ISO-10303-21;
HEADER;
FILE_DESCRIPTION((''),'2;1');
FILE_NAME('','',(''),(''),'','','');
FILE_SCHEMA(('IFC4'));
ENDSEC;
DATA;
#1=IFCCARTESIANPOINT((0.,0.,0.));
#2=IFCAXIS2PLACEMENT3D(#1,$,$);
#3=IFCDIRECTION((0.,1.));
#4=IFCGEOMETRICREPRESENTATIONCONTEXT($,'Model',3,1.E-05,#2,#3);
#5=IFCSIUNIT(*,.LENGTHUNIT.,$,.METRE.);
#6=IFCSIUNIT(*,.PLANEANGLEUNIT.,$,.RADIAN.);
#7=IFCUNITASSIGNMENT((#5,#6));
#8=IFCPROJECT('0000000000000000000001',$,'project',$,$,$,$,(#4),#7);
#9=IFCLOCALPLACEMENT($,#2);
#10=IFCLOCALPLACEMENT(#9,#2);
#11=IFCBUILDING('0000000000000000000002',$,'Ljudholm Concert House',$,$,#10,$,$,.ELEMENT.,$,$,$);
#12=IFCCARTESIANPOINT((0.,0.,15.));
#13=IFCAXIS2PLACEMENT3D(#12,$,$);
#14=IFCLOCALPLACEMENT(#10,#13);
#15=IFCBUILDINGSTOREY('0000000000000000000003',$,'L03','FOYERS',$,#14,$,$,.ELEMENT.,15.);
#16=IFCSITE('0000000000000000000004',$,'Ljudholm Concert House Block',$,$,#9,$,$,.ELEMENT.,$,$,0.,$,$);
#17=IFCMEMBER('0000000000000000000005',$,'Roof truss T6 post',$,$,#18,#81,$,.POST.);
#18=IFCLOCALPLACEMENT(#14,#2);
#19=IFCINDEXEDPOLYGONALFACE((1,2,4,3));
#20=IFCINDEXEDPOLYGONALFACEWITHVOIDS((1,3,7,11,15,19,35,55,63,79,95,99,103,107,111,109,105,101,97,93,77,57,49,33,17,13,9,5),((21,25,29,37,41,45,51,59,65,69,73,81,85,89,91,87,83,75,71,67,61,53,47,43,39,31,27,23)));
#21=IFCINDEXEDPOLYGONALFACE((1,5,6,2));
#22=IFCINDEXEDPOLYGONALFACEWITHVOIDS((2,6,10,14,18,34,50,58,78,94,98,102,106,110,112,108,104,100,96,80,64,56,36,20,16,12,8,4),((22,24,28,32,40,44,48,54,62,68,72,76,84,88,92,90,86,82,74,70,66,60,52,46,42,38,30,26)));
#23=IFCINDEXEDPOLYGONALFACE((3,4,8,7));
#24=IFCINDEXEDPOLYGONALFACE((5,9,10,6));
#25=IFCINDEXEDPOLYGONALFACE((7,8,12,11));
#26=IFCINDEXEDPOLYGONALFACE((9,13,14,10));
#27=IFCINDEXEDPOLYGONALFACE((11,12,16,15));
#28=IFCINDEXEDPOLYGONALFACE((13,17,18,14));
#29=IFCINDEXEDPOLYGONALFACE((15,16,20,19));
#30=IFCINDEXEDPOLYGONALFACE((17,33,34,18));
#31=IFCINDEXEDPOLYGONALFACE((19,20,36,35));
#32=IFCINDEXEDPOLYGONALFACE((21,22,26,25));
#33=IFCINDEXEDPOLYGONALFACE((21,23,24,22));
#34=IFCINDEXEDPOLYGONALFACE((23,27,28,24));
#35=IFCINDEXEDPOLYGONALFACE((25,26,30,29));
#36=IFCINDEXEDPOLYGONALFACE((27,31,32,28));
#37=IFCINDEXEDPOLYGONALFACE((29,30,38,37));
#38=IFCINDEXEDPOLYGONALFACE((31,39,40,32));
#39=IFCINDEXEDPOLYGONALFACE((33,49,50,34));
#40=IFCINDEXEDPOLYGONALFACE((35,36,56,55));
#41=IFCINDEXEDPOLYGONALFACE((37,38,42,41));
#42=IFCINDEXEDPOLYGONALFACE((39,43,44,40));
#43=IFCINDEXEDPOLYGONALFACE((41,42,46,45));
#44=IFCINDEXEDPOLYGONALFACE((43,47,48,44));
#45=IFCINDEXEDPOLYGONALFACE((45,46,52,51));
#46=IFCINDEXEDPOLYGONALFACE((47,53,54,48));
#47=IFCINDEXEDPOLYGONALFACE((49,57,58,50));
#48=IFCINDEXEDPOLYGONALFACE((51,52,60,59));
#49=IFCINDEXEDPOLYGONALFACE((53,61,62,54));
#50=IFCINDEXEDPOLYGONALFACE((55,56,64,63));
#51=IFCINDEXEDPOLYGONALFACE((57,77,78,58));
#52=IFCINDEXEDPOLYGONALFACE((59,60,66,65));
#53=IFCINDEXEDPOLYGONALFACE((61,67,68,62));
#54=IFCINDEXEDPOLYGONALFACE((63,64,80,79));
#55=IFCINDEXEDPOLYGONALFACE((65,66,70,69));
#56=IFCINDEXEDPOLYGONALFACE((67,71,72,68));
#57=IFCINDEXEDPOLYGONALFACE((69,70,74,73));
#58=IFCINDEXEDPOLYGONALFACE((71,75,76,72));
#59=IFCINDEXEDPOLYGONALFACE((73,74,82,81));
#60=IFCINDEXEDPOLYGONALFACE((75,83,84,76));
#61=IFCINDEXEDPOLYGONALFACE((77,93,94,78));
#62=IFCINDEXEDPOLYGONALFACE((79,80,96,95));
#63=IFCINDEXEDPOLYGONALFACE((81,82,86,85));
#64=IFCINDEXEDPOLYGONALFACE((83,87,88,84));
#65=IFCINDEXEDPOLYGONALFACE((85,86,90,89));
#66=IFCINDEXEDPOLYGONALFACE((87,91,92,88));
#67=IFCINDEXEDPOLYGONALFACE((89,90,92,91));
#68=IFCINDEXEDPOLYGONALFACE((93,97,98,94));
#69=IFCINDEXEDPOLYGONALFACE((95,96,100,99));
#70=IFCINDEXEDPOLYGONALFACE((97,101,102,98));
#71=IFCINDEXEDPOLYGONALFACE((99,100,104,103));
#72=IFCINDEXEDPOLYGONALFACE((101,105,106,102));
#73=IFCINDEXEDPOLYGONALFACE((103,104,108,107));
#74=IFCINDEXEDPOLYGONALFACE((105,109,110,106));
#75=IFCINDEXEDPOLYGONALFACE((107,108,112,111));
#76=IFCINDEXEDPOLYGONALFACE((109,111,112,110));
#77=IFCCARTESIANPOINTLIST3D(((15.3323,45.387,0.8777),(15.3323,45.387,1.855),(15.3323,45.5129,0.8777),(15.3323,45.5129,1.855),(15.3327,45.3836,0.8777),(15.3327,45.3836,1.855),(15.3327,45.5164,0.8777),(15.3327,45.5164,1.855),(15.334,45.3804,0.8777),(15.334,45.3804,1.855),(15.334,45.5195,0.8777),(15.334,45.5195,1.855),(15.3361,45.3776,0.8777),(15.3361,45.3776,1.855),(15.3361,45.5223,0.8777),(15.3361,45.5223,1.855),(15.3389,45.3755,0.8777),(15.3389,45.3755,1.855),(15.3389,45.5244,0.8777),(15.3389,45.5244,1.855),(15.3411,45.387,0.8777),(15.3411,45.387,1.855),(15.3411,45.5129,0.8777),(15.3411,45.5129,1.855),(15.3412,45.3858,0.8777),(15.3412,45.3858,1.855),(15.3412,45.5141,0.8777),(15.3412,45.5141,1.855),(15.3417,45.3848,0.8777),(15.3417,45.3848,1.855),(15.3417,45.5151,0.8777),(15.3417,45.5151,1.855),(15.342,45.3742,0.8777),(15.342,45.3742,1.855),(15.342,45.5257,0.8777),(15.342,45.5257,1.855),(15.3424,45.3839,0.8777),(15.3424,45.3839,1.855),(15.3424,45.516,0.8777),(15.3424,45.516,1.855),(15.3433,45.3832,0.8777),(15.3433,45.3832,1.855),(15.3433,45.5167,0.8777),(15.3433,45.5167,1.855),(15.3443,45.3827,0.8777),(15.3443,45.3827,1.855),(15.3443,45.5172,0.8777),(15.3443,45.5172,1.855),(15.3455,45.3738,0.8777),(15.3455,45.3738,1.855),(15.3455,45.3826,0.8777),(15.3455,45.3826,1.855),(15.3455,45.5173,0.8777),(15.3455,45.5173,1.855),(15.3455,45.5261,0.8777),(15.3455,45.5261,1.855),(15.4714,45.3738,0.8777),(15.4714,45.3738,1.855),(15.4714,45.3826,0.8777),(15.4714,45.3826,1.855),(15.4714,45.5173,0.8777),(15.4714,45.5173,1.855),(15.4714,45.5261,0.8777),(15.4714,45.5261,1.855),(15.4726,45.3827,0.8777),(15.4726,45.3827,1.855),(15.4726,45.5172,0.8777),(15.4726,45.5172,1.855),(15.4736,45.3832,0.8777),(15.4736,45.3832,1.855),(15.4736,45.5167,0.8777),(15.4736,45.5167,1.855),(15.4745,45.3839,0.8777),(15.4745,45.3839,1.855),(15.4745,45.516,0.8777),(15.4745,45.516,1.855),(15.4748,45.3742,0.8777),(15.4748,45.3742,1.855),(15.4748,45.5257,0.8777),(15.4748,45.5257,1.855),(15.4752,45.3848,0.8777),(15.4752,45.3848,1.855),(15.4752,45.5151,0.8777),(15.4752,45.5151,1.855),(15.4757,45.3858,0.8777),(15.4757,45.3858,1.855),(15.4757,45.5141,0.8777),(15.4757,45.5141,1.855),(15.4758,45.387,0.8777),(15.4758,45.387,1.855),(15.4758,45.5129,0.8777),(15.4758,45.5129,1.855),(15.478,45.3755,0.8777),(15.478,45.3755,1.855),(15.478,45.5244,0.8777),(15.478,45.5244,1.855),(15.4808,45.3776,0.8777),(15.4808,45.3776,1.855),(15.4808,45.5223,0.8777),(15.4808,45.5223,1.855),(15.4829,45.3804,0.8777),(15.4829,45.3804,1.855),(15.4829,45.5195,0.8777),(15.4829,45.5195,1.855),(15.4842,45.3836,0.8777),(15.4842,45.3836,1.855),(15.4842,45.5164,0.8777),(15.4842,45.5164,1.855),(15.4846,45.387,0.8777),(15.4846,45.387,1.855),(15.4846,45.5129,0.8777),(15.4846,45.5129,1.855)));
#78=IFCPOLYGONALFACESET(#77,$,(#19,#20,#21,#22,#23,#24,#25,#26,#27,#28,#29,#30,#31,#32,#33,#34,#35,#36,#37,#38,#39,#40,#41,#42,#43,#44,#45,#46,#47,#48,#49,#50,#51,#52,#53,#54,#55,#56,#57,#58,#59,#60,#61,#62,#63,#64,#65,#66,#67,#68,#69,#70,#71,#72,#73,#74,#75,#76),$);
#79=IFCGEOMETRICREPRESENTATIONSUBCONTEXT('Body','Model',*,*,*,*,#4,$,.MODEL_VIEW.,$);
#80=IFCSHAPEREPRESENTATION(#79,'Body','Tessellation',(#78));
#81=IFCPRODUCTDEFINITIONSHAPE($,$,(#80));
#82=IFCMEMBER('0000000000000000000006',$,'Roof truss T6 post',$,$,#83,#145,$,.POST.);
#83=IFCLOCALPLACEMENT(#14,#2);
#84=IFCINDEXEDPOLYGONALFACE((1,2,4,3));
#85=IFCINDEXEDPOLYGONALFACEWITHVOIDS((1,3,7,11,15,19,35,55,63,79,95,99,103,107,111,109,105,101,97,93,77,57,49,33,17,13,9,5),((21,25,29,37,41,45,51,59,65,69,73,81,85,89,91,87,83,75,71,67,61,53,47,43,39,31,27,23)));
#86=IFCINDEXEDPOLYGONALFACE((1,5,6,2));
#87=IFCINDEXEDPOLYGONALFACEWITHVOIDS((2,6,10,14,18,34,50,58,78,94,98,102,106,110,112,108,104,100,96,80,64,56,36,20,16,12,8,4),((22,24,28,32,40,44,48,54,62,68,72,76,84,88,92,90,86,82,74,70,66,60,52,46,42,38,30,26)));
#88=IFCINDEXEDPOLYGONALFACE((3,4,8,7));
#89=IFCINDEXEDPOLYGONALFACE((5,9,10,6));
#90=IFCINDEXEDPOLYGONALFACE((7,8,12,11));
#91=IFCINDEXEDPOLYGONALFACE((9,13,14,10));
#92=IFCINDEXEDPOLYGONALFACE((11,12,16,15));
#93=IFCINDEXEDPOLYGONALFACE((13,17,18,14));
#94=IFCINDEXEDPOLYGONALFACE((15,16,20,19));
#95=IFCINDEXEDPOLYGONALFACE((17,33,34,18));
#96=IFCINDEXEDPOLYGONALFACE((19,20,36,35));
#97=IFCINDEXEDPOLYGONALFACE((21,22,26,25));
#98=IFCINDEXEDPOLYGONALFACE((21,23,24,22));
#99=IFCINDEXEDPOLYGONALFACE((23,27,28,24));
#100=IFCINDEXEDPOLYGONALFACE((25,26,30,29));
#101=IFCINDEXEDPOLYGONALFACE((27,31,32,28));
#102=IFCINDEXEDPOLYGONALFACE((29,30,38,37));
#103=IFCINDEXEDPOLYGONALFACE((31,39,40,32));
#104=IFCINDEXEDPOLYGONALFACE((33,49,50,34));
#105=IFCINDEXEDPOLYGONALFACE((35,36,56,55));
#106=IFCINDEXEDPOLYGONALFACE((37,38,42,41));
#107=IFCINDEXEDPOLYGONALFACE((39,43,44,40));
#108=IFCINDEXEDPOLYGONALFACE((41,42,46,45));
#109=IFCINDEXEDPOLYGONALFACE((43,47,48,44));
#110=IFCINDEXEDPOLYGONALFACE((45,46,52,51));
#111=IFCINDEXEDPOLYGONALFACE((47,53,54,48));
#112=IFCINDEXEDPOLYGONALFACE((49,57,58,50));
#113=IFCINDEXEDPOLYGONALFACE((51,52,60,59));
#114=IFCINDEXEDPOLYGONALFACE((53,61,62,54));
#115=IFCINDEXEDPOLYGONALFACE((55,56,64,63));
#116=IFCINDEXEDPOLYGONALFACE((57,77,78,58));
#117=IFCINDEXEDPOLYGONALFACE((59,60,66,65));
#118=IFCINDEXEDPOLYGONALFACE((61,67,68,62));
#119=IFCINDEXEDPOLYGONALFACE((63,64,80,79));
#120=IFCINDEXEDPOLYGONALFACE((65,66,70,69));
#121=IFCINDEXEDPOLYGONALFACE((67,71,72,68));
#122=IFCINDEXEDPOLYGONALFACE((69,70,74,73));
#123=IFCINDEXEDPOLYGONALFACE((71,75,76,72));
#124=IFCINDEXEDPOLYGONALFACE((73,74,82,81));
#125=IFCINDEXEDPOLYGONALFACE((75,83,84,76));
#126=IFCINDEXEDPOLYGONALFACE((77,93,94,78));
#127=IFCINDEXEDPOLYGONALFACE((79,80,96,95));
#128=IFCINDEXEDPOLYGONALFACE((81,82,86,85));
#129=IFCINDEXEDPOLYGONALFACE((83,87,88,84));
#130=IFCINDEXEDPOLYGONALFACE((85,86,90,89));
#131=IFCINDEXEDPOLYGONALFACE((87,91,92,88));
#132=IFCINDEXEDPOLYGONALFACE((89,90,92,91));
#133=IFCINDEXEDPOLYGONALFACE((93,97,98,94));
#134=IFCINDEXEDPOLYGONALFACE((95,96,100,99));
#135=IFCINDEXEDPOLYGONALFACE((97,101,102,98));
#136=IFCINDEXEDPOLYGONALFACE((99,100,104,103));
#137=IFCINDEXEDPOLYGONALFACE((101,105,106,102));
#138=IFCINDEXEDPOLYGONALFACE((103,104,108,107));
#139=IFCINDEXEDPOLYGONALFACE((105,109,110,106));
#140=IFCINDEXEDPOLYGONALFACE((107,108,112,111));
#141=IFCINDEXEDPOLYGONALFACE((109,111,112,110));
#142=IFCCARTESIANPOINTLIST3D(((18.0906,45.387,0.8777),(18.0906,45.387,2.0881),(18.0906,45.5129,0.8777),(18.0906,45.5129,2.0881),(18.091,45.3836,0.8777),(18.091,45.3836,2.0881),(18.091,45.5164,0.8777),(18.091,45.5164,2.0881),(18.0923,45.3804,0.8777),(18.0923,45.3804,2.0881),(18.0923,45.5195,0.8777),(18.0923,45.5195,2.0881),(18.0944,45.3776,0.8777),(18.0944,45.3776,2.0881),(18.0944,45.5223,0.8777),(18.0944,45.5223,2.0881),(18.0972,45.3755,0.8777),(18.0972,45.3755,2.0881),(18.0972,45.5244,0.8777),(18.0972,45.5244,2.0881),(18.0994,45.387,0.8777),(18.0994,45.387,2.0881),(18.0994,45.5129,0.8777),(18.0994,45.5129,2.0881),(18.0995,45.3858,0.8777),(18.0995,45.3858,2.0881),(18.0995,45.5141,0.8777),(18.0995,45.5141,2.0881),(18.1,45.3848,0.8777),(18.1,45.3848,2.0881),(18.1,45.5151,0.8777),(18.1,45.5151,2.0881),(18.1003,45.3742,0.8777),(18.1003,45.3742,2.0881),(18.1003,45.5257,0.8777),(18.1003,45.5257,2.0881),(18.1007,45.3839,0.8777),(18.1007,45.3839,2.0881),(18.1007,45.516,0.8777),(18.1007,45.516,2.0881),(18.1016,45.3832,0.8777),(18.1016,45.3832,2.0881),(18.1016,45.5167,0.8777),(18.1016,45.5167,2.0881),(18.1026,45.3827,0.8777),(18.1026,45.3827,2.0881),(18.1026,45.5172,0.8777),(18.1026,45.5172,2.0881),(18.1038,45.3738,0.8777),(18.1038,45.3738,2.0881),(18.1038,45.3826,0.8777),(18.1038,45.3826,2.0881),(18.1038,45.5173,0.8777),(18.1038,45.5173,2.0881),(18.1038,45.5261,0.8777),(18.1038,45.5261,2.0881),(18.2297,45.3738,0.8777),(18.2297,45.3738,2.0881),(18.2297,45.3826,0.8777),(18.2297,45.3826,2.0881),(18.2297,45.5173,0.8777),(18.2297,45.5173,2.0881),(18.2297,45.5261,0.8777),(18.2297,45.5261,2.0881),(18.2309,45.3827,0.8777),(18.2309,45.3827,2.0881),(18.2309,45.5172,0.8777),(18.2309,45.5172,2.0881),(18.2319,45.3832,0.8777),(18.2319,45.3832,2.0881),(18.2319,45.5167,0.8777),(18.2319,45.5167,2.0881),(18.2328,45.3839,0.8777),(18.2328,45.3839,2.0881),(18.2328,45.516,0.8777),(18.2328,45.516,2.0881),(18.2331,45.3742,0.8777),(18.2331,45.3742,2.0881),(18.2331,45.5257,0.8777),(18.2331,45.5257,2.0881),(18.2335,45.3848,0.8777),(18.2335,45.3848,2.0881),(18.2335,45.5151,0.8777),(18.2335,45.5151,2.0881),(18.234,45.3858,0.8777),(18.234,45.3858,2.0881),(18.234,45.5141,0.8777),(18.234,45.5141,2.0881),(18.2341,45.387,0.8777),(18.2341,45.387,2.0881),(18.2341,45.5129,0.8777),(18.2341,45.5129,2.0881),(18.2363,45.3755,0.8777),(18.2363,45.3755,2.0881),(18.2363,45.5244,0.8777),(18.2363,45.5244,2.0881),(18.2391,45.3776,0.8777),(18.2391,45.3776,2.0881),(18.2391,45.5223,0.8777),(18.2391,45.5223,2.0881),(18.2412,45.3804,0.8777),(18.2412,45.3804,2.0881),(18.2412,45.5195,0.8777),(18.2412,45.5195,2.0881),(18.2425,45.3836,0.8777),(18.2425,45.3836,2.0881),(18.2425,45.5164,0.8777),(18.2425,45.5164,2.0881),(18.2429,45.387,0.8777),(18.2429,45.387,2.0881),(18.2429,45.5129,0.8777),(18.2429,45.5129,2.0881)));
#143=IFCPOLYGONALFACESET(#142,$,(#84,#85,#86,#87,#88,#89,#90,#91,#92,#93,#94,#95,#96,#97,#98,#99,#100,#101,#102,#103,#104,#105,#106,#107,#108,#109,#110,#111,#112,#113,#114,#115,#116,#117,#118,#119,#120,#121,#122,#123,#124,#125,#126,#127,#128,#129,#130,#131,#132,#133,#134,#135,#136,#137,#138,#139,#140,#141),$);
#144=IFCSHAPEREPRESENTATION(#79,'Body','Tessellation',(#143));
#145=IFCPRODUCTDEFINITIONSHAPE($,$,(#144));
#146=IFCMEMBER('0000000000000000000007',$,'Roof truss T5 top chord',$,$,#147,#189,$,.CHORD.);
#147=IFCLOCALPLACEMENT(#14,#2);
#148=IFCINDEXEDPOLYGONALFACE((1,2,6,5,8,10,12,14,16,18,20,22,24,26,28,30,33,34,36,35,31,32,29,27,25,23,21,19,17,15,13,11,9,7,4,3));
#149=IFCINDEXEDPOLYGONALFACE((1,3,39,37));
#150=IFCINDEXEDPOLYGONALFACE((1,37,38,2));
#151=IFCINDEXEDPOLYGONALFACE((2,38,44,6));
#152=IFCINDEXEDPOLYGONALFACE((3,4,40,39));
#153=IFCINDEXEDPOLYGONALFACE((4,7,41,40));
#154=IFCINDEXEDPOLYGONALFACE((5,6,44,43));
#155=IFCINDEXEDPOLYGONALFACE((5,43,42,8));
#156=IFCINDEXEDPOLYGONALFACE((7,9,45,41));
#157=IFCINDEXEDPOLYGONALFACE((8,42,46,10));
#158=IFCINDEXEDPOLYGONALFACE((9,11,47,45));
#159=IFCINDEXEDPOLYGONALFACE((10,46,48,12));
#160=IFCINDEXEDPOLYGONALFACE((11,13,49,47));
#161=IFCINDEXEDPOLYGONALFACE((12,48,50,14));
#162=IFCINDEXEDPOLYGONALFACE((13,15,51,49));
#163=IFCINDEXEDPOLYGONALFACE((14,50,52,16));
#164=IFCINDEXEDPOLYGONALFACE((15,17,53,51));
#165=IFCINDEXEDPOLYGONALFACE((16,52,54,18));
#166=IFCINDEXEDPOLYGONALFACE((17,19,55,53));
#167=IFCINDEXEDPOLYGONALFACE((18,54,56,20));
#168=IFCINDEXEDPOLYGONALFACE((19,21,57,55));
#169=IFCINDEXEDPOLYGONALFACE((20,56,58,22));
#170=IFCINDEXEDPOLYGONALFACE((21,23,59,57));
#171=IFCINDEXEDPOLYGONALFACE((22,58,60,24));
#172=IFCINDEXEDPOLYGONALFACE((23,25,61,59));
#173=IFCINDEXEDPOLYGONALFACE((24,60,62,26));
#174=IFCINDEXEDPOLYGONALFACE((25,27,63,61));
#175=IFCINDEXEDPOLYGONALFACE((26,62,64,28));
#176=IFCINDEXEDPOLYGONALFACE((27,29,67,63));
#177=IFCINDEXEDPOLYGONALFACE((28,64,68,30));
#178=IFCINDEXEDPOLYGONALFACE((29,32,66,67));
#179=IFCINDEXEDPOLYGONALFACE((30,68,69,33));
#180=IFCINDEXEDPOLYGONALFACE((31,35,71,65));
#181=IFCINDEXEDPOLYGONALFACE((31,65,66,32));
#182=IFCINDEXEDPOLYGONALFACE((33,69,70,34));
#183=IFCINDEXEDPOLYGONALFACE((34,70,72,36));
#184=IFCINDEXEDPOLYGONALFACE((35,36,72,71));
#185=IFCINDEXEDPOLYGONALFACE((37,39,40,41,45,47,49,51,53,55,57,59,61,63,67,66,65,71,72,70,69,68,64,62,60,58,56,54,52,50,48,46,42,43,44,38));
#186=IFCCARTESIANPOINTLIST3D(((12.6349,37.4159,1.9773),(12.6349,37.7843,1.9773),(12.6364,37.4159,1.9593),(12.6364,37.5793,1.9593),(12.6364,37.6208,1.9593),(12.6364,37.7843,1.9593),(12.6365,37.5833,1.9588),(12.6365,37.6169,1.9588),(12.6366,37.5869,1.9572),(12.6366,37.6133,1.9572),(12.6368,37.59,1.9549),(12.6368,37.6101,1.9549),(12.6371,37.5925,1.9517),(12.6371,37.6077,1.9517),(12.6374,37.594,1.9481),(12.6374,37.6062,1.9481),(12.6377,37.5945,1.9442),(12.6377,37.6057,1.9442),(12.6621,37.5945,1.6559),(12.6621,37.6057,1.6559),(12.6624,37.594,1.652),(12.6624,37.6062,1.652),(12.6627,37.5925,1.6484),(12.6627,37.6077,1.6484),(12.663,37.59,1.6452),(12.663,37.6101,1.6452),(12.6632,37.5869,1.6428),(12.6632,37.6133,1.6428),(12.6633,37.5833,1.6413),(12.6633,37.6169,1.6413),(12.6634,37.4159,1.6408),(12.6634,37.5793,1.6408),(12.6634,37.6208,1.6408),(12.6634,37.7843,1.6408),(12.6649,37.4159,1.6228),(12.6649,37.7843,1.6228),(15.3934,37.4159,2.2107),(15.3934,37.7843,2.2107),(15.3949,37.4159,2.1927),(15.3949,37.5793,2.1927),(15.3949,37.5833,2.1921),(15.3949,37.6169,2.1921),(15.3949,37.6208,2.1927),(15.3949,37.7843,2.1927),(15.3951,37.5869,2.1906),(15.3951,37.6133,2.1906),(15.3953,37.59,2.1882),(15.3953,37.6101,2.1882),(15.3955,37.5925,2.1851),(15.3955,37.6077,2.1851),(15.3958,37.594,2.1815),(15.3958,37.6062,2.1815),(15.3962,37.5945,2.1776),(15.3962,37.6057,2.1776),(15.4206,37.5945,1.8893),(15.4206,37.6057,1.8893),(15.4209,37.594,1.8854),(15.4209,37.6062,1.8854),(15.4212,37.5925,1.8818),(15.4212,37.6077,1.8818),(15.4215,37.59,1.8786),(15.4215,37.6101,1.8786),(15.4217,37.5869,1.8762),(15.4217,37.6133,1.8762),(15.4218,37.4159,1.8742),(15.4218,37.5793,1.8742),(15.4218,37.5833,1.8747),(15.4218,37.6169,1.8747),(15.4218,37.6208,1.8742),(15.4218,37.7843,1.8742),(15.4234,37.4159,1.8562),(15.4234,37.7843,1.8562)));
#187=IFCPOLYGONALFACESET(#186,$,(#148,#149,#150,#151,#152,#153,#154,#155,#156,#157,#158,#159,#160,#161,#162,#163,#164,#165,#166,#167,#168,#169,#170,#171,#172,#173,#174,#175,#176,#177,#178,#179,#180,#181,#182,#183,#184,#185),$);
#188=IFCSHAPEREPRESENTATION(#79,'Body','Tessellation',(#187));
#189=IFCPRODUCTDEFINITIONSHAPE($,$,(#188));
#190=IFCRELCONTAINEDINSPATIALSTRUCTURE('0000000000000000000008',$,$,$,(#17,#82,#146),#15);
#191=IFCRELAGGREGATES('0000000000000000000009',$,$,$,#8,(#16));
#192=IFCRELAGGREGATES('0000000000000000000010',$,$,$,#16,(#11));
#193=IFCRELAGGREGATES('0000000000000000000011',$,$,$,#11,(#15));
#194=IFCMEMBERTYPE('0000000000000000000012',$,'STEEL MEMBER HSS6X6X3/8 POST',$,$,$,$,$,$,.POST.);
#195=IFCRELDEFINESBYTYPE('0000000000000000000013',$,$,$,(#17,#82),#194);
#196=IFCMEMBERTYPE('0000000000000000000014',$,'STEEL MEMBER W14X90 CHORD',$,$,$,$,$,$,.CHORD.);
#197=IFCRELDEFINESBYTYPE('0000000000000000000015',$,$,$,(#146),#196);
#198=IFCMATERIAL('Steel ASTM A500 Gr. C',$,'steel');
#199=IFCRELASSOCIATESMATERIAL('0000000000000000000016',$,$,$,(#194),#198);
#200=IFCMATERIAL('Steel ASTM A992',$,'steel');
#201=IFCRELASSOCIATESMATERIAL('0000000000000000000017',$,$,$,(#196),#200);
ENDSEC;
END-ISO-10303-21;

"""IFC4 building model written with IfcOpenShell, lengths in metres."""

from ifc_helpers import new_model, si_unit, direction, frame, origin, origin_2d, place, context, subcontext, project, spatial, hollow_rectangle, i_section, extrude, material, material_profile, profile_set, type_object, element, save


model = new_model("IFC4")

# Units and contexts
model_context = context("Model", 3, precision=1e-05, world=origin(), true_north=direction((0.0, 1.0)))
body_context = subcontext(model_context, "Body", "Model", "MODEL_VIEW")
ifc_project = project(units=[si_unit("LENGTHUNIT", "METRE"), si_unit("PLANEANGLEUNIT", "RADIAN")], contexts=[model_context])

# Site, building, storey
site_placement = place(None, origin())
site = spatial("IfcSite", under=ifc_project, at=site_placement, Name="Ljudholm Concert House Block", CompositionType="ELEMENT", RefElevation=0.0)
building_placement = place(site_placement, origin())
building = spatial("IfcBuilding", under=site, at=building_placement, Name="Ljudholm Concert House", CompositionType="ELEMENT")
storey_placement = place(building_placement, frame((0.0, 0.0, 15.0)))
storey = spatial("IfcBuildingStorey", under=building, at=storey_placement, Name="L03", Description="FOYERS", CompositionType="ELEMENT", Elevation=15.0)

# Members
ifc_material_1 = material(Name="Steel ASTM A500 Gr. C", Category="steel")
ifc_material_profile_1 = material_profile(ifc_material_1, hollow_rectangle(XDim=0.1523, YDim=0.1523, WallThickness=0.0088, InnerFilletRadius=0.0044, OuterFilletRadius=0.0132, at=origin_2d()), Name="HSS6X6X3/8")
ifc_profile_set_1 = profile_set([ifc_material_profile_1], Name="Steel ASTM A500 Gr. C")
member_type_1 = type_object("IfcMemberType", Name="STEEL MEMBER HSS6X6X3/8 POST", PredefinedType="POST", material=ifc_profile_set_1)
member_1_placement = place(storey_placement, frame((15.4084, 45.45, 0.8777), z_axis=(0.0, 0.0, 1.0), x_axis=(1.0, 0.0, 0.0)))
element("IfcMember", 1, at=member_1_placement, inside=storey, type_object=member_type_1, Name="Roof truss T6 post", PredefinedType="POST", context=body_context, shape_type="SweptSolid", body=[
    extrude(hollow_rectangle(XDim=0.1523, YDim=0.1523, WallThickness=0.0088, InnerFilletRadius=0.0044, OuterFilletRadius=0.0132, at=origin_2d()), origin(), (0.0, 0.0, 1.0), 0.9773),
])
member_2_placement = place(storey_placement, frame((18.1667, 45.45, 0.8777), z_axis=(0.0, 0.0, 1.0), x_axis=(1.0, 0.0, 0.0)))
element("IfcMember", 2, at=member_2_placement, inside=storey, type_object=member_type_1, Name="Roof truss T6 post", PredefinedType="POST", context=body_context, shape_type="SweptSolid", body=[
    extrude(hollow_rectangle(XDim=0.1523, YDim=0.1523, WallThickness=0.0088, InnerFilletRadius=0.0044, OuterFilletRadius=0.0132, at=origin_2d()), origin(), (0.0, 0.0, 1.0), 1.2104),
])
ifc_material_2 = material(Name="Steel ASTM A992", Category="steel")
ifc_material_profile_2 = material_profile(ifc_material_2, i_section(OverallWidth=0.3684, OverallDepth=0.3557, WebThickness=0.0112, FlangeThickness=0.0181, FilletRadius=0.0151, at=origin_2d()), Name="W14X90")
ifc_profile_set_2 = profile_set([ifc_material_profile_2], Name="Steel ASTM A992")
member_type_2 = type_object("IfcMemberType", Name="STEEL MEMBER W14X90 CHORD", PredefinedType="CHORD", material=ifc_profile_set_2)
member_3_placement = place(storey_placement, frame((12.6499, 37.6001, 1.8), z_axis=(0.99644, 0.0, 0.084308), x_axis=(0.0, 1.0, 0.0)))
element("IfcMember", 3, at=member_3_placement, inside=storey, type_object=member_type_2, Name="Roof truss T5 top chord", PredefinedType="CHORD", context=body_context, shape_type="SweptSolid", body=[
    extrude(i_section(OverallWidth=0.3684, OverallDepth=0.3557, WebThickness=0.0112, FlangeThickness=0.0181, FilletRadius=0.0151, at=origin_2d()), origin(), (0.0, 0.0, 1.0), 2.7683),
])

save(model, "model.ifc")
